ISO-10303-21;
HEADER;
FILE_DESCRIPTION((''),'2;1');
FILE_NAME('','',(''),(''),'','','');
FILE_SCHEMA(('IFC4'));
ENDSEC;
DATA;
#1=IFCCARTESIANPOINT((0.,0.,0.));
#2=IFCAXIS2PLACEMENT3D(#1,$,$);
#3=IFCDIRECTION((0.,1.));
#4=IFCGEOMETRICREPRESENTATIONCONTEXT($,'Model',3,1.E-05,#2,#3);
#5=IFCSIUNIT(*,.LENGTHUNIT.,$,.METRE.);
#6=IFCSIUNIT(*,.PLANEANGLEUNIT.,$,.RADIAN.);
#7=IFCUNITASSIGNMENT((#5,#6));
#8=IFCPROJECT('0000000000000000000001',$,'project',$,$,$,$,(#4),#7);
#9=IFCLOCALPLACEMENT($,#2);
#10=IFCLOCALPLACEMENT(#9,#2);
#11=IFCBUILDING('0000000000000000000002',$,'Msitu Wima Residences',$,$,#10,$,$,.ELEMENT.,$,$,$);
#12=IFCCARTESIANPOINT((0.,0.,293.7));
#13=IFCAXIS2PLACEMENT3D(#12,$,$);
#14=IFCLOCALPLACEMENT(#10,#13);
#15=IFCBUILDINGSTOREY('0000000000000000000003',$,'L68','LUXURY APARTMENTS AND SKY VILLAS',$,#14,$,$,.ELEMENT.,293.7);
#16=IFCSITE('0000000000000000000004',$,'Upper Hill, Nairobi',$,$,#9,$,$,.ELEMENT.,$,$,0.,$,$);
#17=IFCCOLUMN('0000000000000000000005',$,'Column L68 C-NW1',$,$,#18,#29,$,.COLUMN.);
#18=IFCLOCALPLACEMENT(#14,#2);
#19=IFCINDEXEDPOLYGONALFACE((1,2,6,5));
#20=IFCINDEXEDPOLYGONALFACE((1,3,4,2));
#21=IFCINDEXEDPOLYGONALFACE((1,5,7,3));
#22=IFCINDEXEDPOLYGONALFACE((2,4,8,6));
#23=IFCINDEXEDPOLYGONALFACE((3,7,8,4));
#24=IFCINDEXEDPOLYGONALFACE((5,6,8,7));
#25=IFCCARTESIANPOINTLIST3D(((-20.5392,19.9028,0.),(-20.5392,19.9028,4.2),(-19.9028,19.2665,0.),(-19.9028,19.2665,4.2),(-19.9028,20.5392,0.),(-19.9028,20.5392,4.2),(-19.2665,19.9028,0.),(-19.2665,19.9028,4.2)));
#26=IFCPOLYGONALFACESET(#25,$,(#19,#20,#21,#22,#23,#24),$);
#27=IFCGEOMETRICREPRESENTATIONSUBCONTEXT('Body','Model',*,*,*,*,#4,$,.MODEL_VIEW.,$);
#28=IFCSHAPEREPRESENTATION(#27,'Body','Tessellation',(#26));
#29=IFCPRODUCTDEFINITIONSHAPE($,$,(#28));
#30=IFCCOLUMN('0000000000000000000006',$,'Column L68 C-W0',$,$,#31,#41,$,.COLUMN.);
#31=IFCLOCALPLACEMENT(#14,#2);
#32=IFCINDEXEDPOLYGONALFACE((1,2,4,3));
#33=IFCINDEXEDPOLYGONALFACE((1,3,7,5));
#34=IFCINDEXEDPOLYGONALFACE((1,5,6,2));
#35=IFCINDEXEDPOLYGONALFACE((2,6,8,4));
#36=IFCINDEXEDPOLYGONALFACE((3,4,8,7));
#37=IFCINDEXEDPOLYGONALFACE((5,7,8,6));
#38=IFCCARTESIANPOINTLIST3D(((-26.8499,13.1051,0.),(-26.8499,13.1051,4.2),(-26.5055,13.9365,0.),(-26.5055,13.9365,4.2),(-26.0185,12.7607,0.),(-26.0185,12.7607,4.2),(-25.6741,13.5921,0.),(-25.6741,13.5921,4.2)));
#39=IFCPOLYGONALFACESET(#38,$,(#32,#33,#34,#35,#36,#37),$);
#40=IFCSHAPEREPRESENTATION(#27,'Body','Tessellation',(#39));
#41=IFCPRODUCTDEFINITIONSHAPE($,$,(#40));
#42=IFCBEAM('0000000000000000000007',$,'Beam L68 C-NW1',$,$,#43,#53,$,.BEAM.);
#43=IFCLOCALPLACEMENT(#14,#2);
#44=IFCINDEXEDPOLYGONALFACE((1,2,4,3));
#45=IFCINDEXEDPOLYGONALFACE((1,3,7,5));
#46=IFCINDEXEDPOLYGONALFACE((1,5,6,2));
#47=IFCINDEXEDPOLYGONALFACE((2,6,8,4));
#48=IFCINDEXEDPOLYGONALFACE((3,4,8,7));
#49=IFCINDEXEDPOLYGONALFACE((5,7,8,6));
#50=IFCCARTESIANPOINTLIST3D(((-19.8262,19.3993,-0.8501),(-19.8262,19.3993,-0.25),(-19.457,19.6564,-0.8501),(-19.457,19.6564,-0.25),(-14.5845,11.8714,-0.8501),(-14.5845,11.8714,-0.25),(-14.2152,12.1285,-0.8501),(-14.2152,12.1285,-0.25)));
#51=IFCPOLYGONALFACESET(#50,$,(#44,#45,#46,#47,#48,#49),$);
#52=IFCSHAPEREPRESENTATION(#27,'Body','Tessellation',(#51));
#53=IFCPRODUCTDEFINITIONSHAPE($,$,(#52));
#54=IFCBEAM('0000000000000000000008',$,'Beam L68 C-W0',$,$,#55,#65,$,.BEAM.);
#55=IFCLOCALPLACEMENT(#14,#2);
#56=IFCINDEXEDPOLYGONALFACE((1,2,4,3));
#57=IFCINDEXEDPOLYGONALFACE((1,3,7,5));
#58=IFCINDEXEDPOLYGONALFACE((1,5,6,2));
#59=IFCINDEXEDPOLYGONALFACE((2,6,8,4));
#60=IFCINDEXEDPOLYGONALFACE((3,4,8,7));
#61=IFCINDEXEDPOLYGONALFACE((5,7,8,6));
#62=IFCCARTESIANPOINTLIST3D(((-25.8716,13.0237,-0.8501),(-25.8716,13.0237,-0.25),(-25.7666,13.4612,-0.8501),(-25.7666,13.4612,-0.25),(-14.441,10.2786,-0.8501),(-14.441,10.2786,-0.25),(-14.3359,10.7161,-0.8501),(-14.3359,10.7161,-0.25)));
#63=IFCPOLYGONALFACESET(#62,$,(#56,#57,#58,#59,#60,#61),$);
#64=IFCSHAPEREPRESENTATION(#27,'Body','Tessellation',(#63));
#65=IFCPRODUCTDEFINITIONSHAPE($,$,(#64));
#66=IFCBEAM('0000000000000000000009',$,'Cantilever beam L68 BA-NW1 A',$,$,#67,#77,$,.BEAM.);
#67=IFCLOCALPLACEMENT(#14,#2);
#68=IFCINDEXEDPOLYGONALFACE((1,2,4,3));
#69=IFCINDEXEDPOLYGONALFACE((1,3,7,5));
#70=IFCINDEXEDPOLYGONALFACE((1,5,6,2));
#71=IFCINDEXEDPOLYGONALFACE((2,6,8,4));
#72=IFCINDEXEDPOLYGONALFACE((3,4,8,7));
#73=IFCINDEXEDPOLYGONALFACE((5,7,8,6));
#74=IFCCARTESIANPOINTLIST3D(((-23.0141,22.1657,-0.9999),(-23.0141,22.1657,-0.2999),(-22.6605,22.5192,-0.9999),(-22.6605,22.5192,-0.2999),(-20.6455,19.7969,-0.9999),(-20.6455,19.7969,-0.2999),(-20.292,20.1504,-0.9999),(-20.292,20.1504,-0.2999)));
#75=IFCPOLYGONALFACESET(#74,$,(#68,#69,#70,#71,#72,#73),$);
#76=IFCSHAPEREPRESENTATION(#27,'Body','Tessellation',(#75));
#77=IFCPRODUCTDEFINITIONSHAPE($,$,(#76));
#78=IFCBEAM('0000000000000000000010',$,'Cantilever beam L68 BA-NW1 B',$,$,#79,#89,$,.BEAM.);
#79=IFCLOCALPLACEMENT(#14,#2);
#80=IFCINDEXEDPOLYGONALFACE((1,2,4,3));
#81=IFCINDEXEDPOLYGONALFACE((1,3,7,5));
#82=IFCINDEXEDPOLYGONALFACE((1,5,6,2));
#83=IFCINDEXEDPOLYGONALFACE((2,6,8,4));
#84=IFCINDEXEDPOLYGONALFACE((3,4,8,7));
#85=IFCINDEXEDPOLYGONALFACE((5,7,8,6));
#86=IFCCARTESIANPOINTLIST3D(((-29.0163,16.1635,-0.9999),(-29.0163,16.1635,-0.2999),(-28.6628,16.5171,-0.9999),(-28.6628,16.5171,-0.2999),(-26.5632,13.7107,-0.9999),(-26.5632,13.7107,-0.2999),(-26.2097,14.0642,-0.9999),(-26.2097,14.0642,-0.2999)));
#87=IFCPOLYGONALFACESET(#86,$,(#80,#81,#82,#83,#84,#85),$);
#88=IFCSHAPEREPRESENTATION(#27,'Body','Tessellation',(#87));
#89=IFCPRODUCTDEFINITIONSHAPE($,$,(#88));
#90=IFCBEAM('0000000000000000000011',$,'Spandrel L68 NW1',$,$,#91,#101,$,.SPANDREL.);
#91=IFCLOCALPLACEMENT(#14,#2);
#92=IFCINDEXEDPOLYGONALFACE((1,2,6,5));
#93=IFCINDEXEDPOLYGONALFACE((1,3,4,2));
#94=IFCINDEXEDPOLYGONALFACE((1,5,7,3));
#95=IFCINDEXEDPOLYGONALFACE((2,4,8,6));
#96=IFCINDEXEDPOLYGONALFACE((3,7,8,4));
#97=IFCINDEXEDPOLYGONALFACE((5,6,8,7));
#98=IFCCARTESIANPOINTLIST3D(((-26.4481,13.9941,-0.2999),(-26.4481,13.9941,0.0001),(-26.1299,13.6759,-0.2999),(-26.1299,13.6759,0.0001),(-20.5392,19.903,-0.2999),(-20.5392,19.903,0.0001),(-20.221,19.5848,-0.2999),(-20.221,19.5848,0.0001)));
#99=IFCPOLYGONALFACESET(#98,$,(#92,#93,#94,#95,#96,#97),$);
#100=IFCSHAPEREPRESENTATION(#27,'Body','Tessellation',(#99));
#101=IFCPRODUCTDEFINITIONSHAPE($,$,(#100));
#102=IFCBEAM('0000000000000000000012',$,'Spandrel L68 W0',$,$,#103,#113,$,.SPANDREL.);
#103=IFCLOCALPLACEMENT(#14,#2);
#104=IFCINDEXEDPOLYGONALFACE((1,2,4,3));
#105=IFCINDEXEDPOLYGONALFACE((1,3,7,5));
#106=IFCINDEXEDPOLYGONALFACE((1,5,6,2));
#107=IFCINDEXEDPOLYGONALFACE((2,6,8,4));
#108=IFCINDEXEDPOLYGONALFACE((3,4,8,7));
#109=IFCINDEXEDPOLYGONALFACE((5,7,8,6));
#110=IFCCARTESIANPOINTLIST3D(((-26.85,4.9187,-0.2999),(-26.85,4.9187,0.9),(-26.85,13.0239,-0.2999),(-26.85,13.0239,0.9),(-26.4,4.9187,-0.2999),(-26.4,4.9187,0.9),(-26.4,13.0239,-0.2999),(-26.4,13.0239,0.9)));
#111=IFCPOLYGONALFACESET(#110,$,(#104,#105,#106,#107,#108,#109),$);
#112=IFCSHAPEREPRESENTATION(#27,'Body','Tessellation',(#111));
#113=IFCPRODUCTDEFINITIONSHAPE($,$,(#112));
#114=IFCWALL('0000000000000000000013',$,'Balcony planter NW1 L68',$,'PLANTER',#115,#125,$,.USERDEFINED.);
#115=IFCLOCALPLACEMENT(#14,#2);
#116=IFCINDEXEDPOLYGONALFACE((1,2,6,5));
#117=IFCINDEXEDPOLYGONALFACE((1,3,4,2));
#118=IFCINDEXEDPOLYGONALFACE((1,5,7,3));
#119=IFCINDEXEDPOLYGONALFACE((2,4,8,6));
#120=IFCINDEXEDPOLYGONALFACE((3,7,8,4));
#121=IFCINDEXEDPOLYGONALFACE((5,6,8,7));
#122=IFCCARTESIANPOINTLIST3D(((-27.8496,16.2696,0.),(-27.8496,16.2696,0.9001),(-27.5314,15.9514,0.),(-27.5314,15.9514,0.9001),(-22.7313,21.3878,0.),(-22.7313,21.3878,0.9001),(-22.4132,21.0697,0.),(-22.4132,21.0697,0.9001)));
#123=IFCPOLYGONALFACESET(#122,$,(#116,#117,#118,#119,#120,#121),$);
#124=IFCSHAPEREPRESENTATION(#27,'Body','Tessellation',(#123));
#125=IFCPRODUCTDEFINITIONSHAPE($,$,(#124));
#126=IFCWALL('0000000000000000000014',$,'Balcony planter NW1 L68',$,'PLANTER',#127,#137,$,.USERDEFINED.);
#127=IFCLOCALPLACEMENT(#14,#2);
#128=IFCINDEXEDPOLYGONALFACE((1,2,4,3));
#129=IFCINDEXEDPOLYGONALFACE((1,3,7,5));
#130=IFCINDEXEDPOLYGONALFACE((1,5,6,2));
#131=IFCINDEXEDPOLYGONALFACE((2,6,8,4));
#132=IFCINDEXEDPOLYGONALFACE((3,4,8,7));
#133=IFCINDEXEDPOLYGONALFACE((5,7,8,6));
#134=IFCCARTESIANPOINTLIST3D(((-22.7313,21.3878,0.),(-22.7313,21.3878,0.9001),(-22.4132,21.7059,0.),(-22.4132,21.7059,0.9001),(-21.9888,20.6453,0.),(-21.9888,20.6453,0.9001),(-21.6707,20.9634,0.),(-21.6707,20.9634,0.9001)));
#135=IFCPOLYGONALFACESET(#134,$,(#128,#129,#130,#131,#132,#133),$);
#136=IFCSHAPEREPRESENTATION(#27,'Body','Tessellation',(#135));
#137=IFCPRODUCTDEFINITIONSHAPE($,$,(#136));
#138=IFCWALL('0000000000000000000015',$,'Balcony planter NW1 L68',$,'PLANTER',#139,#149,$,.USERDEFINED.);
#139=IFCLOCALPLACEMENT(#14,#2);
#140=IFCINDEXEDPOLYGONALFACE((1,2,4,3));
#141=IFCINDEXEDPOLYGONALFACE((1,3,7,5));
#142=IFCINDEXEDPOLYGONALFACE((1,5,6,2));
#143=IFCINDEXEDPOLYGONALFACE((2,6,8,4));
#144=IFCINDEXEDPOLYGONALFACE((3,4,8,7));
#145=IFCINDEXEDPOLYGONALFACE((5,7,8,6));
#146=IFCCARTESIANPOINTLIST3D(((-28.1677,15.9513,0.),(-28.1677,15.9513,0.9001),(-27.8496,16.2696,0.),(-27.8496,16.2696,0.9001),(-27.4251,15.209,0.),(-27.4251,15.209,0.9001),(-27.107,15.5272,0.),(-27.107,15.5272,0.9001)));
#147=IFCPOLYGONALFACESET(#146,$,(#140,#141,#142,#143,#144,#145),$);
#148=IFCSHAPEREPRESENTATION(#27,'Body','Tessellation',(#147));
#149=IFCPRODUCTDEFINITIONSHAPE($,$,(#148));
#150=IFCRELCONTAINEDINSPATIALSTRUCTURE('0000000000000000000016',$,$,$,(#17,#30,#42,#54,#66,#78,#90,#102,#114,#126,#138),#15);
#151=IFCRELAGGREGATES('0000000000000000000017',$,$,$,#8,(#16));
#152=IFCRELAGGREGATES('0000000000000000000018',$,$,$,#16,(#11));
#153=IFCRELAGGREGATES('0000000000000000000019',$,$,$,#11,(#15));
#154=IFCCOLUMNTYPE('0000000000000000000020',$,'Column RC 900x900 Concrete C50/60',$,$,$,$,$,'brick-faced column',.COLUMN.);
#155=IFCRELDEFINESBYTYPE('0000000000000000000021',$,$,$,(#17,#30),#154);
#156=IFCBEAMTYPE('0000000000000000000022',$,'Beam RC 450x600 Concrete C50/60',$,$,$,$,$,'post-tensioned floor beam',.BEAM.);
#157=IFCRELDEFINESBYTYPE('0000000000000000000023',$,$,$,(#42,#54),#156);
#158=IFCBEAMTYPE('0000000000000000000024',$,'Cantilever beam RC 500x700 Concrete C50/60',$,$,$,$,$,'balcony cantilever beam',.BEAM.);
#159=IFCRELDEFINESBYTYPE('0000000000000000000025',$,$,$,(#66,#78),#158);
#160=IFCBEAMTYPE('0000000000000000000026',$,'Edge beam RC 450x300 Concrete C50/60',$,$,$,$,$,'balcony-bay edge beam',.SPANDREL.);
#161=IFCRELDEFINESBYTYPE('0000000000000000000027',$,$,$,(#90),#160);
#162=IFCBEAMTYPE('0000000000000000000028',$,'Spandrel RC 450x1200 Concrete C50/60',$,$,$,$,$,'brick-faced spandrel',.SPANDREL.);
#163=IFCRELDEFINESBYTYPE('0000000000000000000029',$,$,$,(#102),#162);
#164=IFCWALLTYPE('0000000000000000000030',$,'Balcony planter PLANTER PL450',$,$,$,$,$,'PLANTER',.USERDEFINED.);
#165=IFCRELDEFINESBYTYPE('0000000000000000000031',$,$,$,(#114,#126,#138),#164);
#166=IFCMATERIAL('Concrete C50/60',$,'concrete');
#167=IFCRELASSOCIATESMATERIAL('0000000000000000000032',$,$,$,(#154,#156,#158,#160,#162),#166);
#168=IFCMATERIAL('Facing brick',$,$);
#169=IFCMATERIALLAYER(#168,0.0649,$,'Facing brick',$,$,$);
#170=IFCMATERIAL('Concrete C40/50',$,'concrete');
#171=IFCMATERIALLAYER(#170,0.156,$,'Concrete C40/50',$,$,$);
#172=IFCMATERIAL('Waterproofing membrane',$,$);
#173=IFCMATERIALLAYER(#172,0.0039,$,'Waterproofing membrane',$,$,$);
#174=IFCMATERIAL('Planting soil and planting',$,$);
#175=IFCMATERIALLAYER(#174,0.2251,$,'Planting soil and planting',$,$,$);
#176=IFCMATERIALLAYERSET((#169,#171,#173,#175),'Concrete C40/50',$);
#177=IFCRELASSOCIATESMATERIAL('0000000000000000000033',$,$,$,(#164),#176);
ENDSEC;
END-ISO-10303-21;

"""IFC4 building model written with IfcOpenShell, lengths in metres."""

from ifc_helpers import new_model, si_unit, direction, frame, frame_2d, origin, origin_2d, place, context, subcontext, project, spatial, rectangle, extrude, material, layer, layer_set, material_profile, profile_set, type_object, element, save


model = new_model("IFC4")

# Units and contexts
model_context = context("Model", 3, precision=1e-05, world=origin(), true_north=direction((0.0, 1.0)))
body_context = subcontext(model_context, "Body", "Model", "MODEL_VIEW")
ifc_project = project(units=[si_unit("LENGTHUNIT", "METRE"), si_unit("PLANEANGLEUNIT", "RADIAN")], contexts=[model_context])

# Site, building, storey
site_placement = place(None, origin())
site = spatial("IfcSite", under=ifc_project, at=site_placement, Name="Upper Hill, Nairobi", CompositionType="ELEMENT", RefElevation=0.0)
building_placement = place(site_placement, origin())
building = spatial("IfcBuilding", under=site, at=building_placement, Name="Msitu Wima Residences", CompositionType="ELEMENT")
storey_placement = place(building_placement, frame((0.0, 0.0, 293.7)))
storey = spatial("IfcBuildingStorey", under=building, at=storey_placement, Name="L68", Description="LUXURY APARTMENTS AND SKY VILLAS", CompositionType="ELEMENT", Elevation=293.7)

# Columns
ifc_material_1 = material(Name="Concrete C50/60", Category="concrete")
ifc_material_profile_1 = material_profile(ifc_material_1, rectangle(XDim=0.8999, YDim=0.8999, at=origin_2d()), Name="RC 900x900")
ifc_profile_set_1 = profile_set([ifc_material_profile_1], Name="Concrete C50/60")
column_type = type_object("IfcColumnType", Name="Column RC 900x900 Concrete C50/60", ElementType="brick-faced column", PredefinedType="COLUMN", material=ifc_profile_set_1)
for number, where, z_axis, x_axis, name in (
    (1, (-19.9028, 19.9028, 0.0), (0.0, 0.0, 1.0), (-0.707107, -0.707107, 0.0), "Column L68 C-NW1"),
    (2, (-26.262, 13.3486, 0.0), (0.0, 0.0, 1.0), (-0.382683, -0.92388, 0.0), "Column L68 C-W0"),
):
    element("IfcColumn", number, at=place(storey_placement, frame(where, z_axis=z_axis, x_axis=x_axis)), inside=storey, type_object=column_type, Name=name, PredefinedType="COLUMN", context=body_context, shape_type="SweptSolid", body=[
        extrude(rectangle(XDim=0.8999, YDim=0.8999, at=origin_2d()), origin(), (0.0, 0.0, 1.0), 4.2),
    ])

# Beams
ifc_material_profile_2 = material_profile(ifc_material_1, rectangle(XDim=0.45, YDim=0.6001, at=origin_2d()), Name="RC 450x600")
ifc_profile_set_2 = profile_set([ifc_material_profile_2], Name="Concrete C50/60")
beam_type_1 = type_object("IfcBeamType", Name="Beam RC 450x600 Concrete C50/60", ElementType="post-tensioned floor beam", PredefinedType="BEAM", material=ifc_profile_set_2)
beam_1_placement = place(storey_placement, frame((-19.6416, 19.5278, -0.55), z_axis=(0.571428, -0.820652, 0.0), x_axis=(0.820652, 0.571428, 0.0)))
element("IfcBeam", 3, at=beam_1_placement, inside=storey, type_object=beam_type_1, Name="Beam L68 C-NW1", PredefinedType="BEAM", context=body_context, shape_type="SweptSolid", body=[
    extrude(rectangle(XDim=0.45, YDim=0.6001, at=origin_2d()), origin(), (0.0, 0.0, 1.0), 9.1731),
])
beam_2_placement = place(storey_placement, frame((-25.8191, 13.2424, -0.55), z_axis=(0.972353, -0.233514, 0.0), x_axis=(0.233514, 0.972353, 0.0)))
element("IfcBeam", 4, at=beam_2_placement, inside=storey, type_object=beam_type_1, Name="Beam L68 C-W0", PredefinedType="BEAM", context=body_context, shape_type="SweptSolid", body=[
    extrude(rectangle(XDim=0.45, YDim=0.6001, at=origin_2d()), origin(), (0.0, 0.0, 1.0), 11.7556),
])
ifc_material_profile_3 = material_profile(ifc_material_1, rectangle(XDim=0.5, YDim=0.7, at=origin_2d()), Name="RC 500x700")
ifc_profile_set_3 = profile_set([ifc_material_profile_3], Name="Concrete C50/60")
beam_type_2 = type_object("IfcBeamType", Name="Cantilever beam RC 500x700 Concrete C50/60", ElementType="balcony cantilever beam", PredefinedType="BEAM", material=ifc_profile_set_3)
beam_3_placement = place(storey_placement, frame((-20.4688, 19.9736, -0.6499), z_axis=(-0.70707, 0.707143, 0.0), x_axis=(-0.707143, -0.70707, 0.0)))
element("IfcBeam", 5, at=beam_3_placement, inside=storey, type_object=beam_type_2, Name="Cantilever beam L68 BA-NW1 A", PredefinedType="BEAM", context=body_context, shape_type="SweptSolid", body=[
    extrude(rectangle(XDim=0.5, YDim=0.7, at=origin_2d()), origin(), (0.0, 0.0, 1.0), 3.3499),
])
beam_4_placement = place(storey_placement, frame((-26.3865, 13.8875, -0.6499), z_axis=(-0.707142, 0.707072, 0.0), x_axis=(-0.707072, -0.707142, 0.0)))
element("IfcBeam", 6, at=beam_4_placement, inside=storey, type_object=beam_type_2, Name="Cantilever beam L68 BA-NW1 B", PredefinedType="BEAM", context=body_context, shape_type="SweptSolid", body=[
    extrude(rectangle(XDim=0.5, YDim=0.7, at=origin_2d()), origin(), (0.0, 0.0, 1.0), 3.469),
])
ifc_material_profile_4 = material_profile(ifc_material_1, rectangle(XDim=0.45, YDim=0.3, at=origin_2d()), Name="RC 450x300")
ifc_profile_set_4 = profile_set([ifc_material_profile_4], Name="Concrete C50/60")
beam_type_3 = type_object("IfcBeamType", Name="Edge beam RC 450x300 Concrete C50/60", ElementType="balcony-bay edge beam", PredefinedType="SPANDREL", material=ifc_profile_set_4)
beam_5_placement = place(storey_placement, frame((-20.3801, 19.7439, -0.1499), z_axis=(-0.707107, -0.707107, 0.0), x_axis=(0.707107, -0.707107, 0.0)))
element("IfcBeam", 7, at=beam_5_placement, inside=storey, type_object=beam_type_3, Name="Spandrel L68 NW1", PredefinedType="SPANDREL", context=body_context, shape_type="SweptSolid", body=[
    extrude(rectangle(XDim=0.45, YDim=0.3, at=origin_2d()), origin(), (0.0, 0.0, 1.0), 8.3564),
])
ifc_material_profile_5 = material_profile(ifc_material_1, rectangle(XDim=0.45, YDim=1.2, at=origin_2d()), Name="RC 450x1200")
ifc_profile_set_5 = profile_set([ifc_material_profile_5], Name="Concrete C50/60")
beam_type_4 = type_object("IfcBeamType", Name="Spandrel RC 450x1200 Concrete C50/60", ElementType="brick-faced spandrel", PredefinedType="SPANDREL", material=ifc_profile_set_5)
beam_6_placement = place(storey_placement, frame((-26.625, 13.0239, 0.3), z_axis=(0.0, -1.0, 0.0), x_axis=(1.0, 0.0, 0.0)))
element("IfcBeam", 8, at=beam_6_placement, inside=storey, type_object=beam_type_4, Name="Spandrel L68 W0", PredefinedType="SPANDREL", context=body_context, shape_type="SweptSolid", body=[
    extrude(rectangle(XDim=0.45, YDim=1.2, at=origin_2d()), origin(), (0.0, 0.0, 1.0), 8.1052),
])

# Walls
ifc_material_2 = material(Name="Facing brick")
ifc_layer_1 = layer(ifc_material_2, 0.0649, Name="Facing brick")
ifc_material_3 = material(Name="Concrete C40/50", Category="concrete")
ifc_layer_2 = layer(ifc_material_3, 0.156, Name="Concrete C40/50")
ifc_material_4 = material(Name="Waterproofing membrane")
ifc_layer_3 = layer(ifc_material_4, 0.0039, Name="Waterproofing membrane")
ifc_material_5 = material(Name="Planting soil and planting")
ifc_layer_4 = layer(ifc_material_5, 0.2251, Name="Planting soil and planting")
ifc_layer_set_1 = layer_set([ifc_layer_1, ifc_layer_2, ifc_layer_3, ifc_layer_4], Name="Concrete C40/50")
wall_type_1 = type_object("IfcWallType", Name="Balcony planter PLANTER PL450", ElementType="PLANTER", PredefinedType="USERDEFINED", material=ifc_layer_set_1)
wall_1_placement = place(storey_placement, frame((-22.5723, 21.2288, 0.0), z_axis=(0.0, 0.0, 1.0), x_axis=(-0.707107, -0.707107, 0.0)))
element("IfcWall", 9, at=wall_1_placement, inside=storey, type_object=wall_type_1, Name="Balcony planter NW1 L68", ObjectType="PLANTER", PredefinedType="USERDEFINED", context=body_context, shape_type="SweptSolid", body=[
    extrude(rectangle(XDim=7.2383, YDim=0.45, at=frame_2d((3.6191, 0.0))), origin(), (0.0, 0.0, 1.0), 0.9001),
])
for number, where, z_axis, x_axis, name in (
    (10, (-21.8298, 20.8044, 0.0), (0.0, 0.0, 1.0), (-0.707107, 0.707107, 0.0), "Balcony planter NW1 L68"),
    (11, (-27.2661, 15.3682, 0.0), (0.0, 0.0, 1.0), (-0.707223, 0.706991, 0.0), "Balcony planter NW1 L68"),
):
    element("IfcWall", number, at=place(storey_placement, frame(where, z_axis=z_axis, x_axis=x_axis)), inside=storey, type_object=wall_type_1, Name=name, ObjectType="PLANTER", PredefinedType="USERDEFINED", context=body_context, shape_type="SweptSolid", body=[
        extrude(rectangle(XDim=1.05, YDim=0.45, at=frame_2d((0.5249, 0.0))), origin(), (0.0, 0.0, 1.0), 0.9001),
    ])

save(model, "model.ifc")
